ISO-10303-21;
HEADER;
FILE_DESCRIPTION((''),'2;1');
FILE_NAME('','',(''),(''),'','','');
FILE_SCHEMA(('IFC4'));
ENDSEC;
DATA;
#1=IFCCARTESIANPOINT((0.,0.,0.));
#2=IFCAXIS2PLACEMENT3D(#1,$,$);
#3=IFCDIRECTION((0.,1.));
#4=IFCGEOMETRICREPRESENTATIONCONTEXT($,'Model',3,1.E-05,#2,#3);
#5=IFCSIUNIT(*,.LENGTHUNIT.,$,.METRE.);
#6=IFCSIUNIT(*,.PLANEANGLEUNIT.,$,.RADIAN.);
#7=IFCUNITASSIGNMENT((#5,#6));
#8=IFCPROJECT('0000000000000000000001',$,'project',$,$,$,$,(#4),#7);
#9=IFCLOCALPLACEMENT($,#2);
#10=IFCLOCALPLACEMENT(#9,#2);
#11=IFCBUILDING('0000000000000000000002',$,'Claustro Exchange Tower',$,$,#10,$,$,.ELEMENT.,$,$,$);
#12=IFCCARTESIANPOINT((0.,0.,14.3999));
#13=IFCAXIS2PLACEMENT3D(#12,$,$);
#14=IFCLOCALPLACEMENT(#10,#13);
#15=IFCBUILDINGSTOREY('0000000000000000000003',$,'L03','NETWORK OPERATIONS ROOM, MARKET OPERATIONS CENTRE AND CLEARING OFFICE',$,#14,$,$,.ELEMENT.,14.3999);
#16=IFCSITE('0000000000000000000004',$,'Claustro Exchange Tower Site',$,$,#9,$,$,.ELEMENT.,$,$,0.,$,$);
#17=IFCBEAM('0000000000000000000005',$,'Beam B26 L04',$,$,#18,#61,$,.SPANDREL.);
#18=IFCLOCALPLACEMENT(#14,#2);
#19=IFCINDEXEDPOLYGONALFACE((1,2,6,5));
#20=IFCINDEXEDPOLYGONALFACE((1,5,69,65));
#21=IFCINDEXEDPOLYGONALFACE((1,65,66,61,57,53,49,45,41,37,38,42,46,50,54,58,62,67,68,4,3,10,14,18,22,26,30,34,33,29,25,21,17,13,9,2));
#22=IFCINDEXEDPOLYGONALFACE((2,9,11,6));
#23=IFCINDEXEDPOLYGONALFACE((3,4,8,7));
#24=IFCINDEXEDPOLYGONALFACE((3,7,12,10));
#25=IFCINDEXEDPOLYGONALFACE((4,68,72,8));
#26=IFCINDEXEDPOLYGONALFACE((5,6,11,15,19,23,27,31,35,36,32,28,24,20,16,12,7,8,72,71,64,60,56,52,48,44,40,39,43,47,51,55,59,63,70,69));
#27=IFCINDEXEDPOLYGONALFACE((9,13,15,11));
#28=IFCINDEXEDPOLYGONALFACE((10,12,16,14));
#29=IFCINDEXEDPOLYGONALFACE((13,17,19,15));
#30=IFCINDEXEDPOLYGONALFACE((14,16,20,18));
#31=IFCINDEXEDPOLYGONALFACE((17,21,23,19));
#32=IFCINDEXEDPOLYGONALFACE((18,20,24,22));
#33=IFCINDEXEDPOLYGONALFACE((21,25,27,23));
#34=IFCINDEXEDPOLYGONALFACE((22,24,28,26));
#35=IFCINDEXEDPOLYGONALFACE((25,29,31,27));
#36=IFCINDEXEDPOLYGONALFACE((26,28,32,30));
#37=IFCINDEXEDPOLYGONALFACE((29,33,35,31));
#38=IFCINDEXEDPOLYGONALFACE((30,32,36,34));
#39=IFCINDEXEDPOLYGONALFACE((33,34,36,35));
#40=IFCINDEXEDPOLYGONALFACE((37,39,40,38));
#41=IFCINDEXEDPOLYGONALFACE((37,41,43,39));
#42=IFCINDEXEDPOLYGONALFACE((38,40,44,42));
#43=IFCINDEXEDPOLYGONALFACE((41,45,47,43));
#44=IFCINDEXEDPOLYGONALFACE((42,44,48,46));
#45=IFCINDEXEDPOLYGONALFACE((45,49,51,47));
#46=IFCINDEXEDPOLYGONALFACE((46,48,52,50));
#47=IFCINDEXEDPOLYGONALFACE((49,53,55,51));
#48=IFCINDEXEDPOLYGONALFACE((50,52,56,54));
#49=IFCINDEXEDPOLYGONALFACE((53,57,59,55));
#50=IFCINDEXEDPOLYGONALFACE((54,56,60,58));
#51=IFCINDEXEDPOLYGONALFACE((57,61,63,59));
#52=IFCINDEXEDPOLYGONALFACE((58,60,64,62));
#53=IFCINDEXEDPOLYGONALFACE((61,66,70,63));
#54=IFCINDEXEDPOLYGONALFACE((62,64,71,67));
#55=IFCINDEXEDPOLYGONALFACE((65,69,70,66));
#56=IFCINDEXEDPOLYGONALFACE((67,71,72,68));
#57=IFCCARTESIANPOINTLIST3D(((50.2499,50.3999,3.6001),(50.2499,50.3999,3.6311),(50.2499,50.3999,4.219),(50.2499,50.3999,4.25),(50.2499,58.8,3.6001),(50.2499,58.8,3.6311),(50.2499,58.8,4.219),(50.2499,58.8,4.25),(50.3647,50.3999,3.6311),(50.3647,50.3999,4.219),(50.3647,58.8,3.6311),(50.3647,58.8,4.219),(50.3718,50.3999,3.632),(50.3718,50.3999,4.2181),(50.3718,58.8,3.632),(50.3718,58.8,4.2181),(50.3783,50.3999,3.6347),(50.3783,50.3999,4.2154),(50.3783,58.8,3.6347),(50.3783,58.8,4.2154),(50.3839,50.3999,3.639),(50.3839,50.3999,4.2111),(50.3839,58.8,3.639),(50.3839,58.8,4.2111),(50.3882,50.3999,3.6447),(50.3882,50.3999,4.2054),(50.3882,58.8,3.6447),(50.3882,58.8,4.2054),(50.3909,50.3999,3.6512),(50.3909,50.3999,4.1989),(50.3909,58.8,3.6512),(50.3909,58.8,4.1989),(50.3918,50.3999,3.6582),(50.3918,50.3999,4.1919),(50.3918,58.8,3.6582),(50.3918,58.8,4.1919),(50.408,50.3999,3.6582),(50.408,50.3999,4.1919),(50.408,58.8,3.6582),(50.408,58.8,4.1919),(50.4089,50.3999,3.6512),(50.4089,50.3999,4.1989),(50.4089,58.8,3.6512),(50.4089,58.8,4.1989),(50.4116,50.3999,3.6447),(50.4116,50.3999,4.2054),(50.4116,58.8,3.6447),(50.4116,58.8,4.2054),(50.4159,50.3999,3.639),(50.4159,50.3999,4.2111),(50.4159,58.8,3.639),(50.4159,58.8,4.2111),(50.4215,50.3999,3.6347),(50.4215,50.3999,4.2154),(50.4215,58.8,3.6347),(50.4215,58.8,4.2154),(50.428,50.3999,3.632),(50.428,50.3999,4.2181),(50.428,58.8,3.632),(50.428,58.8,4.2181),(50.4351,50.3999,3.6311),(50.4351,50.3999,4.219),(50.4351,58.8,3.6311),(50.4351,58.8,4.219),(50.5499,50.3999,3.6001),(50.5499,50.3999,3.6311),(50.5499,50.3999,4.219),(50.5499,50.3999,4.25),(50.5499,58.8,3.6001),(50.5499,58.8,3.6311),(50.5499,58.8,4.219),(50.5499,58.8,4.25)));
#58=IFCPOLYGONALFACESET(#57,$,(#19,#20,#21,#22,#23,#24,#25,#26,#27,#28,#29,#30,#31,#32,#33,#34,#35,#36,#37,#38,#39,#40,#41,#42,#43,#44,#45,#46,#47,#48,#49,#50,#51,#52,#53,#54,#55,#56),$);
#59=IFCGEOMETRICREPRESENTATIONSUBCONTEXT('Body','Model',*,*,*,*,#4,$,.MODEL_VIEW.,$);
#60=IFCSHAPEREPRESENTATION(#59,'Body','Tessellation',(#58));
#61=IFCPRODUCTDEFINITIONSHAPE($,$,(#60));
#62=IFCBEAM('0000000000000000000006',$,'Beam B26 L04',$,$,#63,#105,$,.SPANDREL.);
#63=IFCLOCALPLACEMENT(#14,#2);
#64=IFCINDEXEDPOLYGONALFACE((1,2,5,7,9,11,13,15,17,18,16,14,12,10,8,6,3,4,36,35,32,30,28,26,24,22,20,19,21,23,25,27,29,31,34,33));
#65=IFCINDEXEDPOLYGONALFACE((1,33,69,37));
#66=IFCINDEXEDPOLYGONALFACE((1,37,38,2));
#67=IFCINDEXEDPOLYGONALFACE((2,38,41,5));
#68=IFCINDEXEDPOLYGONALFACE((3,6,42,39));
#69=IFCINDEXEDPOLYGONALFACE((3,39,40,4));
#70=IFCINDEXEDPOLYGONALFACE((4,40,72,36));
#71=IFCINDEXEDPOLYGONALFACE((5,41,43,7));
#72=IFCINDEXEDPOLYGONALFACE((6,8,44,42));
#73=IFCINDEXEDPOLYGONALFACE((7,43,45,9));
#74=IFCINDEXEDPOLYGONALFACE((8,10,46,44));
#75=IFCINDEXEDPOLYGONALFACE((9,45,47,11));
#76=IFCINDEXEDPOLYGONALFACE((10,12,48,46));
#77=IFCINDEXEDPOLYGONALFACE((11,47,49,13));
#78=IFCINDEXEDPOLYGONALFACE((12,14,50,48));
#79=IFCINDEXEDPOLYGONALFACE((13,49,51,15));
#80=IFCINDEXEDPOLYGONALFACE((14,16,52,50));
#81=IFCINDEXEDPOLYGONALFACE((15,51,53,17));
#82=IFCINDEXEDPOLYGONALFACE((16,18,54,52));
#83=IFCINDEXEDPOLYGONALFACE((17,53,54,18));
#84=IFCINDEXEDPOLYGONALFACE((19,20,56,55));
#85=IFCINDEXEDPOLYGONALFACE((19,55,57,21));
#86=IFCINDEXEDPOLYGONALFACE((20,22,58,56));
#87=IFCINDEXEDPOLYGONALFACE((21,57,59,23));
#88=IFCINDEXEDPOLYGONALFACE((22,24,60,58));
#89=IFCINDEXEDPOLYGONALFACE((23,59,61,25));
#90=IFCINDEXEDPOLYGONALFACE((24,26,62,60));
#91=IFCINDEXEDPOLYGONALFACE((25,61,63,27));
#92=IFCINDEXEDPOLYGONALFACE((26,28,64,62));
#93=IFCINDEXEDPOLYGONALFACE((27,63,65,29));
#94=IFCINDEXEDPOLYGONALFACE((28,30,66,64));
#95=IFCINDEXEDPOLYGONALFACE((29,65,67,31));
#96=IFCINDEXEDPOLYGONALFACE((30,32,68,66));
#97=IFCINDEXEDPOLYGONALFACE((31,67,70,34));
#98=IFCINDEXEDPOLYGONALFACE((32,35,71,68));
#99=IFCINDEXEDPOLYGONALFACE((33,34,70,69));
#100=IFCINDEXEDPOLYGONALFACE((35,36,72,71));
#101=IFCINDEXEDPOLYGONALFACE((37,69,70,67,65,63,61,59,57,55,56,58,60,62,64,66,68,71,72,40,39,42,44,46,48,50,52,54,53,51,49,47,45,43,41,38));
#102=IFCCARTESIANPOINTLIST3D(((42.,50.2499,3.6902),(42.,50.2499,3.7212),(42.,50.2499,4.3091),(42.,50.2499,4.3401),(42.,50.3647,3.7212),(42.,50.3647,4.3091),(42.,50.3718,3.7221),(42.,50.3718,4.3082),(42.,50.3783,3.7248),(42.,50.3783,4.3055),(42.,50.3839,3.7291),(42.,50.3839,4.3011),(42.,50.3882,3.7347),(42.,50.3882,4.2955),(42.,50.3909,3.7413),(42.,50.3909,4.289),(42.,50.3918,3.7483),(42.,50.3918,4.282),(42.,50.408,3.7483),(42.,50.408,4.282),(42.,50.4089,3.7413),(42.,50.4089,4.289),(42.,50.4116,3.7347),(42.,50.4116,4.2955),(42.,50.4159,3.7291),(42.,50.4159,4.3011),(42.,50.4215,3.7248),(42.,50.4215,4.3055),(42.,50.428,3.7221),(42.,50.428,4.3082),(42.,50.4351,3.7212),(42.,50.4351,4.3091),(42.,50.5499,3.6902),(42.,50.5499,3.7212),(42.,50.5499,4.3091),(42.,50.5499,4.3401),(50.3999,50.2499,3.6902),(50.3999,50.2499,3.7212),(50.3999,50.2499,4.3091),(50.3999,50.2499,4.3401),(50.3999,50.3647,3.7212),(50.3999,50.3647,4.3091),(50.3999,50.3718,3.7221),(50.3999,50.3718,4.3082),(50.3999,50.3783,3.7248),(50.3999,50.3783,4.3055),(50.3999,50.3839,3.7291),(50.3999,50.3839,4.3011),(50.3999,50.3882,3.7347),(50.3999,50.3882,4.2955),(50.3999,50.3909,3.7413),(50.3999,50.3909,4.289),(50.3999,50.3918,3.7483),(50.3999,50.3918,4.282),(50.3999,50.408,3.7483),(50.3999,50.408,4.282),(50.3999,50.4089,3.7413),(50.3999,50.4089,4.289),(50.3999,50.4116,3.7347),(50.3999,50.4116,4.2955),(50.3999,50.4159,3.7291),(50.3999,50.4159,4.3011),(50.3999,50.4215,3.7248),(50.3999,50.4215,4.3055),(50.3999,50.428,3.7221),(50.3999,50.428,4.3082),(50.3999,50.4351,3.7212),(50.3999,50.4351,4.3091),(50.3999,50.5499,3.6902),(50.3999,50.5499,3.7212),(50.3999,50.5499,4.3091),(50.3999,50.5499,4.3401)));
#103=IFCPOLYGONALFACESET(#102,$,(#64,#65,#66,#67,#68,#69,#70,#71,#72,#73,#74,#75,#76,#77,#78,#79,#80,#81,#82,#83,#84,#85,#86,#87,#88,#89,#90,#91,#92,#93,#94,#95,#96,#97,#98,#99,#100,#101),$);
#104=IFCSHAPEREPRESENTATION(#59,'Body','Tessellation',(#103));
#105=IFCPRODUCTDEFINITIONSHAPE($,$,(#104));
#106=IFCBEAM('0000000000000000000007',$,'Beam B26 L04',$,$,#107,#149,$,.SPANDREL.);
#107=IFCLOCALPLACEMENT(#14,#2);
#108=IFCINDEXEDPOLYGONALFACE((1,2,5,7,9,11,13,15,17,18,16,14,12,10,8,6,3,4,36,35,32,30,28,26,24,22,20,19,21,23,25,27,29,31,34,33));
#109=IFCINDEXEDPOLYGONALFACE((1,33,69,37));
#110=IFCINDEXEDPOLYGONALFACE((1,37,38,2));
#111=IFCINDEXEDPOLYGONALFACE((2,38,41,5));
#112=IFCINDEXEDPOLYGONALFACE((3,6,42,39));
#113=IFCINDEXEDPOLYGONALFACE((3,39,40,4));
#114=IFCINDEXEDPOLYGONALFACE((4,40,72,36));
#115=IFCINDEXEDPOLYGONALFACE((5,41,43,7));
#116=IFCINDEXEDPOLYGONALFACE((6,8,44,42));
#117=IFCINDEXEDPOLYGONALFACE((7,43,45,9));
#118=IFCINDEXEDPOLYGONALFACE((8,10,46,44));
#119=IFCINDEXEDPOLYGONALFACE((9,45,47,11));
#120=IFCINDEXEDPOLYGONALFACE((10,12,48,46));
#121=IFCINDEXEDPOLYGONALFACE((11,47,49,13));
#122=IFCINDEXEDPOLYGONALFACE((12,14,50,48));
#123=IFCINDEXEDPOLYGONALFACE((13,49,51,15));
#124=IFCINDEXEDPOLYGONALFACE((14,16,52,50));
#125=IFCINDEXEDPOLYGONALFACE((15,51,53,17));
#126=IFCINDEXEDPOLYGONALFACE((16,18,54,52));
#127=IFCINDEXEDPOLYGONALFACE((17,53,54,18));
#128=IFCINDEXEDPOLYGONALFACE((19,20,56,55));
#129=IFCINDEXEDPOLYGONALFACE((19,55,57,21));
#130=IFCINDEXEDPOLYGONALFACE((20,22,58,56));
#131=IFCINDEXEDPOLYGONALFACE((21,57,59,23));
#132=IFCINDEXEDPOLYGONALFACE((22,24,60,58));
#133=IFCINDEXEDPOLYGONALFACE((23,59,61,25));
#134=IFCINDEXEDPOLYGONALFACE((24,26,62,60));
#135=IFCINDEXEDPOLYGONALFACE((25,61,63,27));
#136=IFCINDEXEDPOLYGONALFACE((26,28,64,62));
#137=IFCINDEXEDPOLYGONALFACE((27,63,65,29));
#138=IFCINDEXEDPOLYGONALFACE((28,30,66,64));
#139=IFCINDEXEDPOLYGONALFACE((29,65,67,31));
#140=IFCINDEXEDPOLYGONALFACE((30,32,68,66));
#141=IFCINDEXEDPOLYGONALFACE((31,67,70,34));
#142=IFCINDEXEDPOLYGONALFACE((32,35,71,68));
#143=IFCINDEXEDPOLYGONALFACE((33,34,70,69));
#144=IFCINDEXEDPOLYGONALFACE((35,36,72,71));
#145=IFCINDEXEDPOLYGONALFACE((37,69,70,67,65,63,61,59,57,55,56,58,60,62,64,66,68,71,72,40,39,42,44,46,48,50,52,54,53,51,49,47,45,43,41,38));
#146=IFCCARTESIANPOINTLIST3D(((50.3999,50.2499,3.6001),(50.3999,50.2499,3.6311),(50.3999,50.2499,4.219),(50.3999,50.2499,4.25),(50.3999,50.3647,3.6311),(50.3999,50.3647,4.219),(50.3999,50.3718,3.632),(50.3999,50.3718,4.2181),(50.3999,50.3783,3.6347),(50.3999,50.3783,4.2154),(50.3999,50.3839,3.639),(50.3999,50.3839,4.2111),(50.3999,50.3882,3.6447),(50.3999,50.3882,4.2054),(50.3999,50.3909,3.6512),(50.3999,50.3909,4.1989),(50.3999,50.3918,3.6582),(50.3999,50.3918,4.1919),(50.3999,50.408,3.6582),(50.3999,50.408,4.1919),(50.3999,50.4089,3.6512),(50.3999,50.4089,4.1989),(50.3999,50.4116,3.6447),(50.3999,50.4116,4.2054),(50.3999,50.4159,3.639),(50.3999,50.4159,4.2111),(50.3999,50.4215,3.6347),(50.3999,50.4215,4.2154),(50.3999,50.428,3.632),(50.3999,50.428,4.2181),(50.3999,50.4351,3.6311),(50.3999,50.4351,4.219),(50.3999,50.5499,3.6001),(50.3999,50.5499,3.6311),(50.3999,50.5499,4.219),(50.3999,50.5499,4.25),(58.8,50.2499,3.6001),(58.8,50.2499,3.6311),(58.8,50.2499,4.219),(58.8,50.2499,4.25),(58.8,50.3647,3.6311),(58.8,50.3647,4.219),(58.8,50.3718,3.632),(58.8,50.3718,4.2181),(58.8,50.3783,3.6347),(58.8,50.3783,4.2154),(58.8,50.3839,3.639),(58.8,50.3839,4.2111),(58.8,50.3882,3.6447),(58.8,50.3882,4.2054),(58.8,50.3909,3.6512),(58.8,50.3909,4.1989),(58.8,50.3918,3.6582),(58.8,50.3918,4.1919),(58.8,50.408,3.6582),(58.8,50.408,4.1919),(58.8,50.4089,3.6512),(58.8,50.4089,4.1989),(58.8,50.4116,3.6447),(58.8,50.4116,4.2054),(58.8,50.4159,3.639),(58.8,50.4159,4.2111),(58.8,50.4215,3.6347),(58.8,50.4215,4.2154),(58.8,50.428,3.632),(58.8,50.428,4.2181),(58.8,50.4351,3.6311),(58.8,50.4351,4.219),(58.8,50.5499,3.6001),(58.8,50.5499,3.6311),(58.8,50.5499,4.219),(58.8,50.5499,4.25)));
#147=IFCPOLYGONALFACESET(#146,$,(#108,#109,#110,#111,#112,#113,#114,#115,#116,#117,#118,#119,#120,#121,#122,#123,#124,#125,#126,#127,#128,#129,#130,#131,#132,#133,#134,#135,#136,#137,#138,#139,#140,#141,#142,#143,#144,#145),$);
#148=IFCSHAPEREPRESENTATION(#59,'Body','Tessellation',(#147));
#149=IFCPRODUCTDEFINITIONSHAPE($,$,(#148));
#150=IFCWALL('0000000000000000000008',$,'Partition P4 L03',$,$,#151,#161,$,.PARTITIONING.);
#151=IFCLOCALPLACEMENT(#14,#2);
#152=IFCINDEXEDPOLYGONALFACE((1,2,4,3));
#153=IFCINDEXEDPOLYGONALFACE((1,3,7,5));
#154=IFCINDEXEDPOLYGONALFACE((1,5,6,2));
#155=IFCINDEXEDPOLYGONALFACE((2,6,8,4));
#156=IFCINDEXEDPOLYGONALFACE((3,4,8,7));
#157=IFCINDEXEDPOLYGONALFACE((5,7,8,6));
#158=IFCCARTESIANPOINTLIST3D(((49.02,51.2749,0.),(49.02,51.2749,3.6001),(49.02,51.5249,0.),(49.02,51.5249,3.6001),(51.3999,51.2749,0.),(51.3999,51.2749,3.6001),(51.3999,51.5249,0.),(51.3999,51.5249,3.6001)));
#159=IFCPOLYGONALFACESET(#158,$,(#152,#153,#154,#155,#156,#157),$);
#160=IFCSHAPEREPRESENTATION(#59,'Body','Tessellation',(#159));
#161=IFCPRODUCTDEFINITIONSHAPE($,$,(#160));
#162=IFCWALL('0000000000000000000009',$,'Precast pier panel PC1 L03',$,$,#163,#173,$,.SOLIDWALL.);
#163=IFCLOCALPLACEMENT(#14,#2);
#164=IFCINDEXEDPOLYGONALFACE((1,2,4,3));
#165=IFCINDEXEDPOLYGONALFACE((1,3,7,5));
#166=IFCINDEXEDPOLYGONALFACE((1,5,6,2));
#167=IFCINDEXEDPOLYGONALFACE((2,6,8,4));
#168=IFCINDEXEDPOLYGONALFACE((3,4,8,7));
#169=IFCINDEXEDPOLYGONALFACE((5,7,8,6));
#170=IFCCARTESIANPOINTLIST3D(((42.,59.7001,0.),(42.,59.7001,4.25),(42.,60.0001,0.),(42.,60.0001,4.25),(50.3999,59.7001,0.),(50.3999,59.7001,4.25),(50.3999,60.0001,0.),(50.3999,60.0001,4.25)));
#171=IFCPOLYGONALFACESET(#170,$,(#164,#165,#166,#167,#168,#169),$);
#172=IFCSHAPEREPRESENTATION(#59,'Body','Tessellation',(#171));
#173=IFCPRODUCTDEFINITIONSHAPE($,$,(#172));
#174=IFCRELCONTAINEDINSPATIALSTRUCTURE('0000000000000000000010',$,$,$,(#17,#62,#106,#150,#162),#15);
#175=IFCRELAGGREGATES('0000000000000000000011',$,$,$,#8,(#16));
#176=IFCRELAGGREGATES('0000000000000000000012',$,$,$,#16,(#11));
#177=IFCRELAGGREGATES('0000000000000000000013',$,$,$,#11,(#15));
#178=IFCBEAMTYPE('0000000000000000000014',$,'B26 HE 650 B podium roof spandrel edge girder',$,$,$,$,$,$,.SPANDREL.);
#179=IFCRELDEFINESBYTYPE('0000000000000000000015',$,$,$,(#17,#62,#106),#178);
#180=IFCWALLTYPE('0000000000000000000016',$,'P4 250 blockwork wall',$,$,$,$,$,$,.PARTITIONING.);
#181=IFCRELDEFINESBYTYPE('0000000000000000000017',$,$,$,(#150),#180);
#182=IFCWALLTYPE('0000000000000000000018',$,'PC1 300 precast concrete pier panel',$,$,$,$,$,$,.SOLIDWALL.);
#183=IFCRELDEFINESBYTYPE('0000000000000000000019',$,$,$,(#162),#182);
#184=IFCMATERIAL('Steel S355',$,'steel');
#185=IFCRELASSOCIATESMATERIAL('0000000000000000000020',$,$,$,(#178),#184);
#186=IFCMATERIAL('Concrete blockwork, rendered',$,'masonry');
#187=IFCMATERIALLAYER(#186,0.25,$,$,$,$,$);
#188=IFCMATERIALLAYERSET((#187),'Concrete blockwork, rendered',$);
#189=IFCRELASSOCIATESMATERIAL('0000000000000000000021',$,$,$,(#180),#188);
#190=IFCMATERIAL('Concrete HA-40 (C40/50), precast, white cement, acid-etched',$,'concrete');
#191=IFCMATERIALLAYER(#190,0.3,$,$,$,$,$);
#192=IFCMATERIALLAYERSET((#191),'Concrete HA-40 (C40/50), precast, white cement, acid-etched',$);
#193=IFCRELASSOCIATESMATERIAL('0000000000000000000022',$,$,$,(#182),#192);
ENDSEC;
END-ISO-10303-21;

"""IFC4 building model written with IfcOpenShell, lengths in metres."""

from ifc_helpers import new_model, si_unit, direction, frame, frame_2d, origin, origin_2d, place, context, subcontext, project, spatial, rectangle, i_section, extrude, material, layer, layer_set, material_profile, profile_set, type_object, element, save


model = new_model("IFC4")

# Units and contexts
model_context = context("Model", 3, precision=1e-05, world=origin(), true_north=direction((0.0, 1.0)))
body_context = subcontext(model_context, "Body", "Model", "MODEL_VIEW")
ifc_project = project(units=[si_unit("LENGTHUNIT", "METRE"), si_unit("PLANEANGLEUNIT", "RADIAN")], contexts=[model_context])

# Site, building, storey
site_placement = place(None, origin())
site = spatial("IfcSite", under=ifc_project, at=site_placement, Name="Claustro Exchange Tower Site", CompositionType="ELEMENT", RefElevation=0.0)
building_placement = place(site_placement, origin())
building = spatial("IfcBuilding", under=site, at=building_placement, Name="Claustro Exchange Tower", CompositionType="ELEMENT")
storey_placement = place(building_placement, frame((0.0, 0.0, 14.3999)))
storey = spatial("IfcBuildingStorey", under=building, at=storey_placement, Name="L03", Description="NETWORK OPERATIONS ROOM, MARKET OPERATIONS CENTRE AND CLEARING OFFICE", CompositionType="ELEMENT", Elevation=14.3999)

# Beams
ifc_material_1 = material(Name="Steel S355", Category="steel")
ifc_material_profile_1 = material_profile(ifc_material_1, i_section(OverallWidth=0.3, OverallDepth=0.6499, WebThickness=0.0161, FlangeThickness=0.031, FilletRadius=0.0271, at=origin_2d()), Name="HE 650 B")
ifc_profile_set_1 = profile_set([ifc_material_profile_1], Name="Steel S355")
beam_type_1 = type_object("IfcBeamType", Name="B26 HE 650 B podium roof spandrel edge girder", PredefinedType="SPANDREL", material=ifc_profile_set_1)
beam_1_placement = place(storey_placement, frame((50.3999, 50.3999, 3.925), z_axis=(0.0, 1.0, 0.0), x_axis=(-1.0, 0.0, 0.0)))
element("IfcBeam", 1, at=beam_1_placement, inside=storey, type_object=beam_type_1, Name="Beam B26 L04", PredefinedType="SPANDREL", context=body_context, shape_type="SweptSolid", body=[
    extrude(i_section(OverallWidth=0.3, OverallDepth=0.6499, WebThickness=0.0161, FlangeThickness=0.031, FilletRadius=0.0271, at=origin_2d()), origin(), (0.0, 0.0, 1.0), 8.4001),
])
beam_2_placement = place(storey_placement, frame((42.0, 50.3999, 4.0151), z_axis=(1.0, 0.0, 0.0), x_axis=(0.0, 1.0, 0.0)))
element("IfcBeam", 2, at=beam_2_placement, inside=storey, type_object=beam_type_1, Name="Beam B26 L04", PredefinedType="SPANDREL", context=body_context, shape_type="SweptSolid", body=[
    extrude(i_section(OverallWidth=0.3, OverallDepth=0.6499, WebThickness=0.0161, FlangeThickness=0.031, FilletRadius=0.0271, at=origin_2d()), origin(), (0.0, 0.0, 1.0), 8.3999),
])
beam_3_placement = place(storey_placement, frame((50.3999, 50.3999, 3.925), z_axis=(1.0, 0.0, 0.0), x_axis=(0.0, 1.0, 0.0)))
element("IfcBeam", 3, at=beam_3_placement, inside=storey, type_object=beam_type_1, Name="Beam B26 L04", PredefinedType="SPANDREL", context=body_context, shape_type="SweptSolid", body=[
    extrude(i_section(OverallWidth=0.3, OverallDepth=0.6499, WebThickness=0.0161, FlangeThickness=0.031, FilletRadius=0.0271, at=origin_2d()), origin(), (0.0, 0.0, 1.0), 8.4001),
])

# Walls
ifc_material_2 = material(Name="Concrete blockwork, rendered", Category="masonry")
ifc_layer_1 = layer(ifc_material_2, 0.25)
ifc_layer_set_1 = layer_set([ifc_layer_1], Name="Concrete blockwork, rendered")
wall_type_1 = type_object("IfcWallType", Name="P4 250 blockwork wall", PredefinedType="PARTITIONING", material=ifc_layer_set_1)
wall_1_placement = place(storey_placement, frame((49.02, 51.3999, 0.0), z_axis=(0.0, 0.0, 1.0), x_axis=(1.0, 0.0, 0.0)))
element("IfcWall", 4, at=wall_1_placement, inside=storey, type_object=wall_type_1, Name="Partition P4 L03", PredefinedType="PARTITIONING", context=body_context, shape_type="SweptSolid", body=[
    extrude(rectangle(XDim=2.3799, YDim=0.25, at=frame_2d((1.1899, 0.0))), origin(), (0.0, 0.0, 1.0), 3.6001),
])
ifc_material_3 = material(Name="Concrete HA-40 (C40/50), precast, white cement, acid-etched", Category="concrete")
ifc_layer_2 = layer(ifc_material_3, 0.3)
ifc_layer_set_2 = layer_set([ifc_layer_2], Name="Concrete HA-40 (C40/50), precast, white cement, acid-etched")
wall_type_2 = type_object("IfcWallType", Name="PC1 300 precast concrete pier panel", PredefinedType="SOLIDWALL", material=ifc_layer_set_2)
wall_2_placement = place(storey_placement, frame((42.0, 59.8501, 0.0), z_axis=(0.0, 0.0, 1.0), x_axis=(1.0, 0.0, 0.0)))
element("IfcWall", 5, at=wall_2_placement, inside=storey, type_object=wall_type_2, Name="Precast pier panel PC1 L03", PredefinedType="SOLIDWALL", context=body_context, shape_type="SweptSolid", body=[
    extrude(rectangle(XDim=8.3999, YDim=0.3, at=frame_2d((4.2, 0.0))), origin(), (0.0, 0.0, 1.0), 4.25),
])

save(model, "model.ifc")
